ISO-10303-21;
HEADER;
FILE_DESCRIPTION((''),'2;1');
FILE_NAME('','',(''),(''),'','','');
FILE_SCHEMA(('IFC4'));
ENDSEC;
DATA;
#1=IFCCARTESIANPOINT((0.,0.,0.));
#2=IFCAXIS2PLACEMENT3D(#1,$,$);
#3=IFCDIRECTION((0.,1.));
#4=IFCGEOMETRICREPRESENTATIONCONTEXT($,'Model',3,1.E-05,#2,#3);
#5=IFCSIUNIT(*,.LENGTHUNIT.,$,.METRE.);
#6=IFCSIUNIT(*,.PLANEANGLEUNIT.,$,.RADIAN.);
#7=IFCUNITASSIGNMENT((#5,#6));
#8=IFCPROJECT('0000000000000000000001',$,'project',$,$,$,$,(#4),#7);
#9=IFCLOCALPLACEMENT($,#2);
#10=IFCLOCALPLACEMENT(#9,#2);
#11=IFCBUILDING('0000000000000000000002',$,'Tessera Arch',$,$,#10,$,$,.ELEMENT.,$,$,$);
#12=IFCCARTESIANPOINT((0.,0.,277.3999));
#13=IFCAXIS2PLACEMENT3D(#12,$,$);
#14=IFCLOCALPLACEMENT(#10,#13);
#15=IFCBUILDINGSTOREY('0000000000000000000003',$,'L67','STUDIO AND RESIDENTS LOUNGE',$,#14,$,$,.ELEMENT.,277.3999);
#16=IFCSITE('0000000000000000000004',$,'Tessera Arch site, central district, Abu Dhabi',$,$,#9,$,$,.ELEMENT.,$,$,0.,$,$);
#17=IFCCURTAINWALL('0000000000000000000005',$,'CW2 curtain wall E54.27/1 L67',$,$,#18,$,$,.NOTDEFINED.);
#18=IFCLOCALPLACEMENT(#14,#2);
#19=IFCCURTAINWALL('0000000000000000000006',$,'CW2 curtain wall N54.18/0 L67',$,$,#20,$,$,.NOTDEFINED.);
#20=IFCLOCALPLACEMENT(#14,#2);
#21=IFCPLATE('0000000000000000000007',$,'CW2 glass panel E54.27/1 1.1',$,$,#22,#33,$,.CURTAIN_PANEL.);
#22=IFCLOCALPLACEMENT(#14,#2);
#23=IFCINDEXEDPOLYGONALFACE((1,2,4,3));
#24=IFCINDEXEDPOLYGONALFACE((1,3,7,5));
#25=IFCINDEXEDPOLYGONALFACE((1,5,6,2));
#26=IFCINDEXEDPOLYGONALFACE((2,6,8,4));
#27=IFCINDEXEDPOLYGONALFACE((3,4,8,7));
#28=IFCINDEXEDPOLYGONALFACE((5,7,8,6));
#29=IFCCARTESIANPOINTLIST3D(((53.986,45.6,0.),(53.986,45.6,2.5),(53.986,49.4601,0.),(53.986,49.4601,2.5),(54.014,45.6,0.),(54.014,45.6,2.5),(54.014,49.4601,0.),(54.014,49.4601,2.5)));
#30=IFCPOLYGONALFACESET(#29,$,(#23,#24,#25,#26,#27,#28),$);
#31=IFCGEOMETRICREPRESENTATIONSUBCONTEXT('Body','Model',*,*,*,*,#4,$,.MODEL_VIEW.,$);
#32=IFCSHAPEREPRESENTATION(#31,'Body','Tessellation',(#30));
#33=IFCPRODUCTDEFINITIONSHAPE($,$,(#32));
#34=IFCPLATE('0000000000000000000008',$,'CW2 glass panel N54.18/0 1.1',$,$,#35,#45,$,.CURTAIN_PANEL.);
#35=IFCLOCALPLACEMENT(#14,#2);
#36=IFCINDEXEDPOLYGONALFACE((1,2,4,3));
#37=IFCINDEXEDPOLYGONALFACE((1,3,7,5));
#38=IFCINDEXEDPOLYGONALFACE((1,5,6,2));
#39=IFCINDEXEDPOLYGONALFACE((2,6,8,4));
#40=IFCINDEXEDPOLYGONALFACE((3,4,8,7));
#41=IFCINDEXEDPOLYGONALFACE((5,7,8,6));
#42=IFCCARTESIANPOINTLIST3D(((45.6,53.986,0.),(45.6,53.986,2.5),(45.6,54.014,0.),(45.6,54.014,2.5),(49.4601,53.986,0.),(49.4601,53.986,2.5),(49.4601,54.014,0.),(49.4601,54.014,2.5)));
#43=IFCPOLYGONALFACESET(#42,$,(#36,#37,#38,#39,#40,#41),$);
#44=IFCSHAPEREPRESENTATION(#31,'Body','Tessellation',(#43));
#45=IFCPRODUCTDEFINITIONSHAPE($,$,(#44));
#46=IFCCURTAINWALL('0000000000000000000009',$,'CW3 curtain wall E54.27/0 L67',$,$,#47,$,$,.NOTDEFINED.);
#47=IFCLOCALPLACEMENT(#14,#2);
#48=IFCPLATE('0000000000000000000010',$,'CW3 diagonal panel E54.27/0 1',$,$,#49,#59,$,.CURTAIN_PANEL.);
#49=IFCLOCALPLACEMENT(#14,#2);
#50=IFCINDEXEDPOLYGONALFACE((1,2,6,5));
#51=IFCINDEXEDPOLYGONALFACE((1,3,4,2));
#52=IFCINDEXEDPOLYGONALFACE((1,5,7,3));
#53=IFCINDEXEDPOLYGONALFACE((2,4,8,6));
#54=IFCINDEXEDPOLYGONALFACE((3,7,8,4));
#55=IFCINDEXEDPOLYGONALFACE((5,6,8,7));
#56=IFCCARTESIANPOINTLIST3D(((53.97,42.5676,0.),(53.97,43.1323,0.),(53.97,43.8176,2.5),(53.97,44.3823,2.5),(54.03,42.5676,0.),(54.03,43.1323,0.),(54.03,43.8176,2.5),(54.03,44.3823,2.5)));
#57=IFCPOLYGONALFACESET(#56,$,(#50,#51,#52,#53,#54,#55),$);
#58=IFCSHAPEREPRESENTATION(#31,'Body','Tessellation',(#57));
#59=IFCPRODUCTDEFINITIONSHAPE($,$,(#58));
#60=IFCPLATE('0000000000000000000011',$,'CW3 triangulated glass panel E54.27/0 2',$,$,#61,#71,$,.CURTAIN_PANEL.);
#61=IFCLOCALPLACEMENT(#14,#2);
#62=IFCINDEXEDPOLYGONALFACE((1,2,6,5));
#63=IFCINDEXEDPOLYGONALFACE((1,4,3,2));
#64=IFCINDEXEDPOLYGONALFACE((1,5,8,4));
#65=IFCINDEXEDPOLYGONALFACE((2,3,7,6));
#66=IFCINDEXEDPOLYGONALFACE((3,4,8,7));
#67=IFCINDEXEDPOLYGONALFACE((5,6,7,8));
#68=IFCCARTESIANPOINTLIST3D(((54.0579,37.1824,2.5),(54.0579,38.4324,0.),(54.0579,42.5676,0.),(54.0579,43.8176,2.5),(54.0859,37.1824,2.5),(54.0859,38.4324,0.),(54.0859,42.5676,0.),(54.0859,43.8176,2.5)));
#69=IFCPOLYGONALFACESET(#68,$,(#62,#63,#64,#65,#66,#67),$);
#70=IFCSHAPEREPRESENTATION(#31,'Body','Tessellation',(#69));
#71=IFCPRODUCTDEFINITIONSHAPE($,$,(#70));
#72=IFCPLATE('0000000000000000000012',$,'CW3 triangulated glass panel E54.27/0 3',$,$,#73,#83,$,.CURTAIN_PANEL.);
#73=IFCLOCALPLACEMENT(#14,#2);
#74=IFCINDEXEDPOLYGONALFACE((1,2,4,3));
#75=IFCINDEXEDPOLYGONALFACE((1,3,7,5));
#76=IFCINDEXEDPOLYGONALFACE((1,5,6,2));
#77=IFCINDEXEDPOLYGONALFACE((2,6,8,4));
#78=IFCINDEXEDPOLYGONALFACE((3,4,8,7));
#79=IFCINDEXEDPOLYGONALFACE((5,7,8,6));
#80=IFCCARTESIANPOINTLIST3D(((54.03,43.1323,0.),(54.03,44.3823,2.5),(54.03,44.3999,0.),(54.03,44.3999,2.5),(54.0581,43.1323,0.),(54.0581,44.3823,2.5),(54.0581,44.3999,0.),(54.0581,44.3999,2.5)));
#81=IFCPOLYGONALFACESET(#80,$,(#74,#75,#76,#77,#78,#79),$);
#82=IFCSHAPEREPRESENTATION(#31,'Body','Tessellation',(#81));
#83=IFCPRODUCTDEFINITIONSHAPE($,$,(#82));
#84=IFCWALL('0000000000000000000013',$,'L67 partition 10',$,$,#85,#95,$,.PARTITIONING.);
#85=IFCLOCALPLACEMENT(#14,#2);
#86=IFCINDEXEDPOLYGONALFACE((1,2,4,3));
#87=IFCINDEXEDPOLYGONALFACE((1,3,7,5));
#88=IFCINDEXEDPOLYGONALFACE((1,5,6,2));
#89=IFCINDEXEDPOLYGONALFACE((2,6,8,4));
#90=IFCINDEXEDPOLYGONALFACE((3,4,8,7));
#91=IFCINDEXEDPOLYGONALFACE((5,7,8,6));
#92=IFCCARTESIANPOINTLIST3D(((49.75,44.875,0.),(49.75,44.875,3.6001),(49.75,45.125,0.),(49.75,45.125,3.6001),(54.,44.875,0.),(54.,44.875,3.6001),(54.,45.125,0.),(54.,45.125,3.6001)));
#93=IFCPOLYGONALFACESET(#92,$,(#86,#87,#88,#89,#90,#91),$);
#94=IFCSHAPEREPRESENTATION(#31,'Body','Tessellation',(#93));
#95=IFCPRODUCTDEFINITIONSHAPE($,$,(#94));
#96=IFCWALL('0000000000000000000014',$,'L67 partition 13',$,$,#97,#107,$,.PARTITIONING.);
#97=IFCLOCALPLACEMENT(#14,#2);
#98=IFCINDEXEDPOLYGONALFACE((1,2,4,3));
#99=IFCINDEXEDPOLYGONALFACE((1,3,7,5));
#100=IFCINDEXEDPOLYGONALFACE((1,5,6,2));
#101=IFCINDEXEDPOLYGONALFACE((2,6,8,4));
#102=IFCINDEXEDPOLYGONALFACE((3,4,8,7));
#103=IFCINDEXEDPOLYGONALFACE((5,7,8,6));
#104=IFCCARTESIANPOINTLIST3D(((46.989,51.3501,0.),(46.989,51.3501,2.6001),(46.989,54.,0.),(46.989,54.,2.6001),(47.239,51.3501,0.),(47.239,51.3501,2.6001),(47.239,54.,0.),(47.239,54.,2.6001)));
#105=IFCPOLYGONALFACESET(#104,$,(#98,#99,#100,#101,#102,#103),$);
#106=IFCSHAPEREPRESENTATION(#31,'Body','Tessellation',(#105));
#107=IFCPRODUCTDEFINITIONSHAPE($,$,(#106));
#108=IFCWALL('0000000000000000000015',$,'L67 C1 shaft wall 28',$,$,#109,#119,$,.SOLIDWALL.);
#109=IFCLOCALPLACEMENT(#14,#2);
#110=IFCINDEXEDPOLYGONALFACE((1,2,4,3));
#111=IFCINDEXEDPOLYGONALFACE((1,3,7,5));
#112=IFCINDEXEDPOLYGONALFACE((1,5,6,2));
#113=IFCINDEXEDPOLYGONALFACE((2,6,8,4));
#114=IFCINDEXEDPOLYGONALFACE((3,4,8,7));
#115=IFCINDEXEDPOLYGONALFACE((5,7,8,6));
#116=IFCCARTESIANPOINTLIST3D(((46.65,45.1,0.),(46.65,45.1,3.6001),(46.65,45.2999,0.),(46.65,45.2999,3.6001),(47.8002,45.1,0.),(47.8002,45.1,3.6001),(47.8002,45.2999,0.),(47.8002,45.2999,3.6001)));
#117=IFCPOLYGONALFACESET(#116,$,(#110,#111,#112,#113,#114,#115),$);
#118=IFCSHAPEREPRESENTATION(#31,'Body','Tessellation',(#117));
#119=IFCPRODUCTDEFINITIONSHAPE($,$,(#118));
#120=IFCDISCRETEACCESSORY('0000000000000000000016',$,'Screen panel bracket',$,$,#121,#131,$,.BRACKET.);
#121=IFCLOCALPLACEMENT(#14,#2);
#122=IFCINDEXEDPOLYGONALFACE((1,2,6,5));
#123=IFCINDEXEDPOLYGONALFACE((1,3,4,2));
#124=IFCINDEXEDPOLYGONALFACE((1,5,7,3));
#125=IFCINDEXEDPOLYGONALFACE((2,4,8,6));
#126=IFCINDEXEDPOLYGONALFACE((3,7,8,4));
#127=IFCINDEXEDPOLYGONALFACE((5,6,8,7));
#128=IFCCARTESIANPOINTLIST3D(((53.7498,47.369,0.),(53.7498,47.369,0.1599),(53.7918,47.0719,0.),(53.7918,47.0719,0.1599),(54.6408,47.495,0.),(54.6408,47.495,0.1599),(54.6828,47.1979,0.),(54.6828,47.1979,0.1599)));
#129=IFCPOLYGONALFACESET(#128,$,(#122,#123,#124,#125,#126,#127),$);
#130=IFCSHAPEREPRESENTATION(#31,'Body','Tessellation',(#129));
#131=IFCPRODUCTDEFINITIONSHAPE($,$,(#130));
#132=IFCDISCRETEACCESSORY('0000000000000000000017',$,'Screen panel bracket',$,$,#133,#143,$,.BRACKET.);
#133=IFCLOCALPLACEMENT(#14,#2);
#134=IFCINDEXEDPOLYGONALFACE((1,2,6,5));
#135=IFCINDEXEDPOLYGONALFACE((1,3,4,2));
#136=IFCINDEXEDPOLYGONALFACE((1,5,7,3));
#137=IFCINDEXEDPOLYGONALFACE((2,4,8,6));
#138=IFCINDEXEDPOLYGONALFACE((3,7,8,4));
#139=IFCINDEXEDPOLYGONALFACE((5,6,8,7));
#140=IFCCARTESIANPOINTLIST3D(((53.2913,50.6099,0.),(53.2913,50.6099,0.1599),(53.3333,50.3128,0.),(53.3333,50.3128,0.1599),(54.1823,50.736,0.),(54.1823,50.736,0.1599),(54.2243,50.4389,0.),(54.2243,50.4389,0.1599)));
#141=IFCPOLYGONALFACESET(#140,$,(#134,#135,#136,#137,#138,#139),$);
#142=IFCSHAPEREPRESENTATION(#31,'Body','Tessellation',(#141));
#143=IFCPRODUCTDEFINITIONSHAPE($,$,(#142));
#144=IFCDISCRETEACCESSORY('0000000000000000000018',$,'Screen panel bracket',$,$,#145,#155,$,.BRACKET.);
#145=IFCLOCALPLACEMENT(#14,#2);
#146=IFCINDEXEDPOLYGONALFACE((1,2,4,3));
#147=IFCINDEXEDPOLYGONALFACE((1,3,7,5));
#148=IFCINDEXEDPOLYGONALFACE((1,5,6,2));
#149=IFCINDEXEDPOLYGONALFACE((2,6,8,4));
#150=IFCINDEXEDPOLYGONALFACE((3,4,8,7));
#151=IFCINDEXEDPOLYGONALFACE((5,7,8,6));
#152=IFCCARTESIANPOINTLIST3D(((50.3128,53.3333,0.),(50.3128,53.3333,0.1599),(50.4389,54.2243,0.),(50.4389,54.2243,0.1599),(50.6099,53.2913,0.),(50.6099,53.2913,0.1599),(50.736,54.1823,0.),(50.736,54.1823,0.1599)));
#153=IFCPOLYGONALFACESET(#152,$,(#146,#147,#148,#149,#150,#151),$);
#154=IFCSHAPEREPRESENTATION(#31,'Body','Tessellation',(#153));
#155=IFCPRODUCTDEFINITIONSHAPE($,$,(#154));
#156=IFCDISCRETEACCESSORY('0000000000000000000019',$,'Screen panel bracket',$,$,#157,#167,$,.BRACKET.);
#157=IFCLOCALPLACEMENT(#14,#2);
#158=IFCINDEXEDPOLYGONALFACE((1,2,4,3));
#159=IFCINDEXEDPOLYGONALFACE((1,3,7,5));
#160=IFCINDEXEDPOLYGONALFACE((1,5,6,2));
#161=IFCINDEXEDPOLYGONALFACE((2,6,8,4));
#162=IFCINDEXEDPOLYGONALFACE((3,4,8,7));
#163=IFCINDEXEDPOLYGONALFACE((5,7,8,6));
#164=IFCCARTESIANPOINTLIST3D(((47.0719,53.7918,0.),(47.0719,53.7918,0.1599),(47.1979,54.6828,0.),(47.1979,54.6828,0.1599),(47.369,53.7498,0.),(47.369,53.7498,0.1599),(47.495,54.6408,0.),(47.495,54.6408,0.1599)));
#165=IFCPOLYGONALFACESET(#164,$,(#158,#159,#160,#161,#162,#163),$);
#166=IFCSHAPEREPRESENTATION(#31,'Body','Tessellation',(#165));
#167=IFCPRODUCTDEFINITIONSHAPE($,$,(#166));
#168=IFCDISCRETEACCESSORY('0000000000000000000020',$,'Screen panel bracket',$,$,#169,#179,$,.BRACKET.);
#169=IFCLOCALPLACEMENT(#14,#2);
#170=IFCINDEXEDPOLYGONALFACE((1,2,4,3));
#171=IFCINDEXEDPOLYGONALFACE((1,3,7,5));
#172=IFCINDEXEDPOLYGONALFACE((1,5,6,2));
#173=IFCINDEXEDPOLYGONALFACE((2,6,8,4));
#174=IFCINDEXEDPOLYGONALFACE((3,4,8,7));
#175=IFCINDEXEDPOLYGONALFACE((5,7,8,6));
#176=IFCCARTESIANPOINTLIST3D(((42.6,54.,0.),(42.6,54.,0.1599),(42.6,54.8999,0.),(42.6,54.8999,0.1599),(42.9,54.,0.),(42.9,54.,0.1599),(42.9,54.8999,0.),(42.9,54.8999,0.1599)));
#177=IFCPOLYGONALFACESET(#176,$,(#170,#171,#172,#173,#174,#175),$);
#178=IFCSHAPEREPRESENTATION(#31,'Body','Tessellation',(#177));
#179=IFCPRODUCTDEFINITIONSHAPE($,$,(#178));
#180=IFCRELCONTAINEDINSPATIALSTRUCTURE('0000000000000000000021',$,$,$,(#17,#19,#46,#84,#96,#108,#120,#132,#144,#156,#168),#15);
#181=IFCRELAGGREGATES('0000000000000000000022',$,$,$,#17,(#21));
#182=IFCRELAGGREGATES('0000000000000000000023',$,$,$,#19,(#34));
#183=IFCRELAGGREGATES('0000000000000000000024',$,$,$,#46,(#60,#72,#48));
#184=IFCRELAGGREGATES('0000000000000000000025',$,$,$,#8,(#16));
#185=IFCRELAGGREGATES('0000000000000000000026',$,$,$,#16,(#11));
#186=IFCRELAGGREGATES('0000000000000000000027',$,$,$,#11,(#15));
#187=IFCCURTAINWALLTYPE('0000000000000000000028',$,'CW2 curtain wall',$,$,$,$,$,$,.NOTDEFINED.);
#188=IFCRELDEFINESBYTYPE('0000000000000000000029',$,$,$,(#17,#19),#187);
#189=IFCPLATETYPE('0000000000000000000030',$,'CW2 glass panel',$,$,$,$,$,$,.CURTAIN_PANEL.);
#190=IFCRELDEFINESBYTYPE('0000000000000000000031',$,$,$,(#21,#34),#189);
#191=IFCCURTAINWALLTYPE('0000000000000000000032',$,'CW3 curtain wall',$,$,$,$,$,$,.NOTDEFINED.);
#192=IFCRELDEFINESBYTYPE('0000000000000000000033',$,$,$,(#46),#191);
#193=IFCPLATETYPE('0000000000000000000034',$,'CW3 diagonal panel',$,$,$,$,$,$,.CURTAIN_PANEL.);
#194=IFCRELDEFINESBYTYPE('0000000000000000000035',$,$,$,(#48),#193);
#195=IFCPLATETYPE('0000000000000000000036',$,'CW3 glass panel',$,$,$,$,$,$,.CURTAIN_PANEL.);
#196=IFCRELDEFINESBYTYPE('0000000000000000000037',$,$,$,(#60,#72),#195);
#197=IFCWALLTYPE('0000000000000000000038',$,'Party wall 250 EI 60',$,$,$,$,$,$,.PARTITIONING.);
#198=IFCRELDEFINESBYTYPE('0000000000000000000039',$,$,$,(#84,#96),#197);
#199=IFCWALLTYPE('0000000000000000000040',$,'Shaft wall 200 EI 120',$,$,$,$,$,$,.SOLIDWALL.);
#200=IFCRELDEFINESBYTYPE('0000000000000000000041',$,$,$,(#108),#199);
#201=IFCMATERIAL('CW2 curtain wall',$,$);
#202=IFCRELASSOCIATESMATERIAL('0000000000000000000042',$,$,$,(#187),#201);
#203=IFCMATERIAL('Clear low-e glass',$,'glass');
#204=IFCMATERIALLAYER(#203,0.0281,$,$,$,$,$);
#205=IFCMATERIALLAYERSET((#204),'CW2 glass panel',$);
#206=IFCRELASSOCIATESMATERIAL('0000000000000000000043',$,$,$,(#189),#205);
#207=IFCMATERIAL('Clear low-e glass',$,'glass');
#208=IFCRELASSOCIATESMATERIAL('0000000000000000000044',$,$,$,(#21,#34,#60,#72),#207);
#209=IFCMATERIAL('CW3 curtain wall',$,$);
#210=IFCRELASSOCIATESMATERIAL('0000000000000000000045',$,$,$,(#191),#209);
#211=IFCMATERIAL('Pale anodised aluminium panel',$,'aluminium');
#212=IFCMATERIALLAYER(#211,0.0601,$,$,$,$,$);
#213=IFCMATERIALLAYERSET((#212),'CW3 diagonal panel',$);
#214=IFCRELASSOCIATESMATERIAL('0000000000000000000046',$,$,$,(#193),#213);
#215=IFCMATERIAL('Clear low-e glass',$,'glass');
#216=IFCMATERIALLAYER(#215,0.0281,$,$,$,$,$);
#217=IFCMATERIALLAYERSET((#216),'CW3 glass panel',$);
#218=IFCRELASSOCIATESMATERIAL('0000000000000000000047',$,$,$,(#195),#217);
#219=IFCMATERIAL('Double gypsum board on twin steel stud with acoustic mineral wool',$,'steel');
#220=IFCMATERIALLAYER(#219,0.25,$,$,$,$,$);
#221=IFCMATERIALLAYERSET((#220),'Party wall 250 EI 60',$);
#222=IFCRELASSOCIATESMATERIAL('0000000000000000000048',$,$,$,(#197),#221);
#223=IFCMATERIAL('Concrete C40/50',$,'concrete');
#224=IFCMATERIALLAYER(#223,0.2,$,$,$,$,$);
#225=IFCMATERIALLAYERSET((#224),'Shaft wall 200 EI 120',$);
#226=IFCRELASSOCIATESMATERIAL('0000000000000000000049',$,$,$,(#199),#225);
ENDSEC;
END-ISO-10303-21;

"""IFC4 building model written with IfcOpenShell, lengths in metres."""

from ifc_helpers import new_model, si_unit, direction, frame, frame_2d, origin, origin_2d, place, context, subcontext, project, spatial, polyline, rectangle, outline, extrude, material, layer, layer_set, type_object, element, aggregate, save


model = new_model("IFC4")

# Units and contexts
model_context = context("Model", 3, precision=1e-05, world=origin(), true_north=direction((0.0, 1.0)))
body_context = subcontext(model_context, "Body", "Model", "MODEL_VIEW")
ifc_project = project(units=[si_unit("LENGTHUNIT", "METRE"), si_unit("PLANEANGLEUNIT", "RADIAN")], contexts=[model_context])

# Site, building, storey
site_placement = place(None, origin())
site = spatial("IfcSite", under=ifc_project, at=site_placement, Name="Tessera Arch site, central district, Abu Dhabi", CompositionType="ELEMENT", RefElevation=0.0)
building_placement = place(site_placement, origin())
building = spatial("IfcBuilding", under=site, at=building_placement, Name="Tessera Arch", CompositionType="ELEMENT")
storey_placement = place(building_placement, frame((0.0, 0.0, 277.3999)))
storey = spatial("IfcBuildingStorey", under=building, at=storey_placement, Name="L67", Description="STUDIO AND RESIDENTS LOUNGE", CompositionType="ELEMENT", Elevation=277.3999)

# Curtain walls
ifc_material_1 = material(Name="CW2 curtain wall")
curtain_wall_type_1 = type_object("IfcCurtainWallType", Name="CW2 curtain wall", PredefinedType="NOTDEFINED", material=ifc_material_1)
curtain_wall_1_placement = place(storey_placement, origin())
curtain_wall_1 = element("IfcCurtainWall", 1, at=curtain_wall_1_placement, inside=storey, type_object=curtain_wall_type_1, Name="CW2 curtain wall E54.27/1 L67", PredefinedType="NOTDEFINED")
curtain_wall_2_placement = place(storey_placement, origin())
curtain_wall_2 = element("IfcCurtainWall", 2, at=curtain_wall_2_placement, inside=storey, type_object=curtain_wall_type_1, Name="CW2 curtain wall N54.18/0 L67", PredefinedType="NOTDEFINED")

# Plates
ifc_material_2 = material(Name="Clear low-e glass", Category="glass")
ifc_material_3 = material(Name="Clear low-e glass", Category="glass")
ifc_layer_1 = layer(ifc_material_3, 0.0281)
ifc_layer_set_1 = layer_set([ifc_layer_1], Name="CW2 glass panel")
plate_type_1 = type_object("IfcPlateType", Name="CW2 glass panel", PredefinedType="CURTAIN_PANEL", material=ifc_layer_set_1)
plate_1_placement = place(storey_placement, frame((54.0, 47.53, 0.0), z_axis=(0.0, 0.0, 1.0), x_axis=(0.0, 1.0, 0.0)))
plate_1 = element("IfcPlate", 3, at=plate_1_placement, type_object=plate_type_1, material=ifc_material_2, Name="CW2 glass panel E54.27/1 1.1", PredefinedType="CURTAIN_PANEL", context=body_context, shape_type="SweptSolid", body=[
    extrude(rectangle(XDim=3.8601, YDim=0.0281, at=origin_2d()), origin(), (0.0, 0.0, 1.0), 2.5),
])
aggregate(curtain_wall_1, [plate_1])
plate_2_placement = place(storey_placement, frame((47.53, 54.0, 0.0), z_axis=(0.0, 0.0, 1.0), x_axis=(-1.0, 0.0, 0.0)))
plate_2 = element("IfcPlate", 4, at=plate_2_placement, type_object=plate_type_1, material=ifc_material_2, Name="CW2 glass panel N54.18/0 1.1", PredefinedType="CURTAIN_PANEL", context=body_context, shape_type="SweptSolid", body=[
    extrude(rectangle(XDim=3.8601, YDim=0.0281, at=origin_2d()), origin(), (0.0, 0.0, 1.0), 2.5),
])
aggregate(curtain_wall_2, [plate_2])

# Curtain wall, plates
ifc_material_4 = material(Name="CW3 curtain wall")
curtain_wall_type_2 = type_object("IfcCurtainWallType", Name="CW3 curtain wall", PredefinedType="NOTDEFINED", material=ifc_material_4)
curtain_wall_3_placement = place(storey_placement, origin())
curtain_wall_3 = element("IfcCurtainWall", 5, at=curtain_wall_3_placement, inside=storey, type_object=curtain_wall_type_2, Name="CW3 curtain wall E54.27/0 L67", PredefinedType="NOTDEFINED")
ifc_material_5 = material(Name="Pale anodised aluminium panel", Category="aluminium")
ifc_layer_2 = layer(ifc_material_5, 0.0601)
ifc_layer_set_2 = layer_set([ifc_layer_2], Name="CW3 diagonal panel")
plate_type_2 = type_object("IfcPlateType", Name="CW3 diagonal panel", PredefinedType="CURTAIN_PANEL", material=ifc_layer_set_2)
plate_3_placement = place(storey_placement, frame((54.03, 44.3823, 2.5), z_axis=(1.0, 0.0, 0.0), x_axis=(0.0, -1.0, 0.0)))
plate_3 = element("IfcPlate", 6, at=plate_3_placement, type_object=plate_type_2, Name="CW3 diagonal panel E54.27/0 1", PredefinedType="CURTAIN_PANEL", context=body_context, shape_type="SweptSolid", body=[
    extrude(outline(polyline([(0.0, 0.0), (0.5647, 0.0), (1.8147, 2.5), (1.25, 2.5), (0.0, 0.0)])), origin(), (0.0, 0.0, -1.0), 0.0601),
])
ifc_material_6 = material(Name="Clear low-e glass", Category="glass")
ifc_layer_3 = layer(ifc_material_6, 0.0281)
ifc_layer_set_3 = layer_set([ifc_layer_3], Name="CW3 glass panel")
plate_type_3 = type_object("IfcPlateType", Name="CW3 glass panel", PredefinedType="CURTAIN_PANEL", material=ifc_layer_set_3)
plate_4_placement = place(storey_placement, frame((54.0859, 43.8176, 2.5), z_axis=(1.0, 0.0, 0.0), x_axis=(0.0, -1.0, 0.0)))
plate_4 = element("IfcPlate", 7, at=plate_4_placement, type_object=plate_type_3, material=ifc_material_2, Name="CW3 triangulated glass panel E54.27/0 2", PredefinedType="CURTAIN_PANEL", context=body_context, shape_type="SweptSolid", body=[
    extrude(outline(polyline([(0.0, 0.0), (6.6353, 0.0), (5.3853, 2.5), (1.25, 2.5), (0.0, 0.0)])), origin(), (0.0, 0.0, -1.0), 0.0281),
])
plate_5_placement = place(storey_placement, frame((54.0581, 44.3999, 2.5), z_axis=(1.0, 0.0, 0.0), x_axis=(0.0, -1.0, 0.0)))
plate_5 = element("IfcPlate", 8, at=plate_5_placement, type_object=plate_type_3, material=ifc_material_2, Name="CW3 triangulated glass panel E54.27/0 3", PredefinedType="CURTAIN_PANEL", context=body_context, shape_type="SweptSolid", body=[
    extrude(outline(polyline([(0.0, 0.0), (0.0176, 0.0), (1.2676, 2.5), (0.0, 2.5), (0.0, 0.0)])), origin(), (0.0, 0.0, -1.0), 0.0281),
])
aggregate(curtain_wall_3, [plate_4, plate_5, plate_3])

# Walls
ifc_material_7 = material(Name="Double gypsum board on twin steel stud with acoustic mineral wool", Category="steel")
ifc_layer_4 = layer(ifc_material_7, 0.25)
ifc_layer_set_4 = layer_set([ifc_layer_4], Name="Party wall 250 EI 60")
wall_type_1 = type_object("IfcWallType", Name="Party wall 250 EI 60", PredefinedType="PARTITIONING", material=ifc_layer_set_4)
wall_1_placement = place(storey_placement, frame((49.75, 45.0, 0.0), z_axis=(0.0, 0.0, 1.0), x_axis=(1.0, 0.0, 0.0)))
element("IfcWall", 9, at=wall_1_placement, inside=storey, type_object=wall_type_1, Name="L67 partition 10", PredefinedType="PARTITIONING", context=body_context, shape_type="SweptSolid", body=[
    extrude(rectangle(XDim=4.25, YDim=0.25, at=frame_2d((2.125, 0.0))), origin(), (0.0, 0.0, 1.0), 3.6001),
])
wall_2_placement = place(storey_placement, frame((47.114, 51.3501, 0.0), z_axis=(0.0, 0.0, 1.0), x_axis=(0.0, 1.0, 0.0)))
element("IfcWall", 10, at=wall_2_placement, inside=storey, type_object=wall_type_1, Name="L67 partition 13", PredefinedType="PARTITIONING", context=body_context, shape_type="SweptSolid", body=[
    extrude(rectangle(XDim=2.6499, YDim=0.25, at=frame_2d((1.325, 0.0))), origin(), (0.0, 0.0, 1.0), 2.6001),
])
ifc_material_8 = material(Name="Concrete C40/50", Category="concrete")
ifc_layer_5 = layer(ifc_material_8, 0.2)
ifc_layer_set_5 = layer_set([ifc_layer_5], Name="Shaft wall 200 EI 120")
wall_type_2 = type_object("IfcWallType", Name="Shaft wall 200 EI 120", PredefinedType="SOLIDWALL", material=ifc_layer_set_5)
wall_3_placement = place(storey_placement, frame((46.6499, 45.2, 0.0), z_axis=(0.0, 0.0, 1.0), x_axis=(1.0, 0.0, 0.0)))
element("IfcWall", 11, at=wall_3_placement, inside=storey, type_object=wall_type_2, Name="L67 C1 shaft wall 28", PredefinedType="SOLIDWALL", context=body_context, shape_type="SweptSolid", body=[
    extrude(rectangle(XDim=1.1501, YDim=0.2, at=frame_2d((0.5752, 0.0))), origin(), (0.0, 0.0, 1.0), 3.6001),
])

# Discrete accessories
for number, where, z_axis, x_axis, name in (
    (12, (54.2163, 47.2834, 0.0), (0.0, 0.0, 1.0), (0.990139, 0.140089, 0.0), "Screen panel bracket"),
    (13, (53.7578, 50.5244, 0.0), (0.0, 0.0, 1.0), (0.990139, 0.140089, 0.0), "Screen panel bracket"),
    (14, (50.5244, 53.7578, 0.0), (0.0, 0.0, 1.0), (0.140089, 0.990139, 0.0), "Screen panel bracket"),
    (15, (47.2834, 54.2163, 0.0), (0.0, 0.0, 1.0), (0.140089, 0.990139, 0.0), "Screen panel bracket"),
    (16, (42.75, 54.45, 0.0), (0.0, 0.0, 1.0), (0.0, 1.0, 0.0), "Screen panel bracket"),
):
    element("IfcDiscreteAccessory", number, at=place(storey_placement, frame(where, z_axis=z_axis, x_axis=x_axis)), inside=storey, Name=name, PredefinedType="BRACKET", context=body_context, shape_type="SweptSolid", body=[
        extrude(rectangle(XDim=0.8999, YDim=0.3, at=origin_2d()), origin(), (0.0, 0.0, 1.0), 0.1599),
    ])

save(model, "model.ifc")
